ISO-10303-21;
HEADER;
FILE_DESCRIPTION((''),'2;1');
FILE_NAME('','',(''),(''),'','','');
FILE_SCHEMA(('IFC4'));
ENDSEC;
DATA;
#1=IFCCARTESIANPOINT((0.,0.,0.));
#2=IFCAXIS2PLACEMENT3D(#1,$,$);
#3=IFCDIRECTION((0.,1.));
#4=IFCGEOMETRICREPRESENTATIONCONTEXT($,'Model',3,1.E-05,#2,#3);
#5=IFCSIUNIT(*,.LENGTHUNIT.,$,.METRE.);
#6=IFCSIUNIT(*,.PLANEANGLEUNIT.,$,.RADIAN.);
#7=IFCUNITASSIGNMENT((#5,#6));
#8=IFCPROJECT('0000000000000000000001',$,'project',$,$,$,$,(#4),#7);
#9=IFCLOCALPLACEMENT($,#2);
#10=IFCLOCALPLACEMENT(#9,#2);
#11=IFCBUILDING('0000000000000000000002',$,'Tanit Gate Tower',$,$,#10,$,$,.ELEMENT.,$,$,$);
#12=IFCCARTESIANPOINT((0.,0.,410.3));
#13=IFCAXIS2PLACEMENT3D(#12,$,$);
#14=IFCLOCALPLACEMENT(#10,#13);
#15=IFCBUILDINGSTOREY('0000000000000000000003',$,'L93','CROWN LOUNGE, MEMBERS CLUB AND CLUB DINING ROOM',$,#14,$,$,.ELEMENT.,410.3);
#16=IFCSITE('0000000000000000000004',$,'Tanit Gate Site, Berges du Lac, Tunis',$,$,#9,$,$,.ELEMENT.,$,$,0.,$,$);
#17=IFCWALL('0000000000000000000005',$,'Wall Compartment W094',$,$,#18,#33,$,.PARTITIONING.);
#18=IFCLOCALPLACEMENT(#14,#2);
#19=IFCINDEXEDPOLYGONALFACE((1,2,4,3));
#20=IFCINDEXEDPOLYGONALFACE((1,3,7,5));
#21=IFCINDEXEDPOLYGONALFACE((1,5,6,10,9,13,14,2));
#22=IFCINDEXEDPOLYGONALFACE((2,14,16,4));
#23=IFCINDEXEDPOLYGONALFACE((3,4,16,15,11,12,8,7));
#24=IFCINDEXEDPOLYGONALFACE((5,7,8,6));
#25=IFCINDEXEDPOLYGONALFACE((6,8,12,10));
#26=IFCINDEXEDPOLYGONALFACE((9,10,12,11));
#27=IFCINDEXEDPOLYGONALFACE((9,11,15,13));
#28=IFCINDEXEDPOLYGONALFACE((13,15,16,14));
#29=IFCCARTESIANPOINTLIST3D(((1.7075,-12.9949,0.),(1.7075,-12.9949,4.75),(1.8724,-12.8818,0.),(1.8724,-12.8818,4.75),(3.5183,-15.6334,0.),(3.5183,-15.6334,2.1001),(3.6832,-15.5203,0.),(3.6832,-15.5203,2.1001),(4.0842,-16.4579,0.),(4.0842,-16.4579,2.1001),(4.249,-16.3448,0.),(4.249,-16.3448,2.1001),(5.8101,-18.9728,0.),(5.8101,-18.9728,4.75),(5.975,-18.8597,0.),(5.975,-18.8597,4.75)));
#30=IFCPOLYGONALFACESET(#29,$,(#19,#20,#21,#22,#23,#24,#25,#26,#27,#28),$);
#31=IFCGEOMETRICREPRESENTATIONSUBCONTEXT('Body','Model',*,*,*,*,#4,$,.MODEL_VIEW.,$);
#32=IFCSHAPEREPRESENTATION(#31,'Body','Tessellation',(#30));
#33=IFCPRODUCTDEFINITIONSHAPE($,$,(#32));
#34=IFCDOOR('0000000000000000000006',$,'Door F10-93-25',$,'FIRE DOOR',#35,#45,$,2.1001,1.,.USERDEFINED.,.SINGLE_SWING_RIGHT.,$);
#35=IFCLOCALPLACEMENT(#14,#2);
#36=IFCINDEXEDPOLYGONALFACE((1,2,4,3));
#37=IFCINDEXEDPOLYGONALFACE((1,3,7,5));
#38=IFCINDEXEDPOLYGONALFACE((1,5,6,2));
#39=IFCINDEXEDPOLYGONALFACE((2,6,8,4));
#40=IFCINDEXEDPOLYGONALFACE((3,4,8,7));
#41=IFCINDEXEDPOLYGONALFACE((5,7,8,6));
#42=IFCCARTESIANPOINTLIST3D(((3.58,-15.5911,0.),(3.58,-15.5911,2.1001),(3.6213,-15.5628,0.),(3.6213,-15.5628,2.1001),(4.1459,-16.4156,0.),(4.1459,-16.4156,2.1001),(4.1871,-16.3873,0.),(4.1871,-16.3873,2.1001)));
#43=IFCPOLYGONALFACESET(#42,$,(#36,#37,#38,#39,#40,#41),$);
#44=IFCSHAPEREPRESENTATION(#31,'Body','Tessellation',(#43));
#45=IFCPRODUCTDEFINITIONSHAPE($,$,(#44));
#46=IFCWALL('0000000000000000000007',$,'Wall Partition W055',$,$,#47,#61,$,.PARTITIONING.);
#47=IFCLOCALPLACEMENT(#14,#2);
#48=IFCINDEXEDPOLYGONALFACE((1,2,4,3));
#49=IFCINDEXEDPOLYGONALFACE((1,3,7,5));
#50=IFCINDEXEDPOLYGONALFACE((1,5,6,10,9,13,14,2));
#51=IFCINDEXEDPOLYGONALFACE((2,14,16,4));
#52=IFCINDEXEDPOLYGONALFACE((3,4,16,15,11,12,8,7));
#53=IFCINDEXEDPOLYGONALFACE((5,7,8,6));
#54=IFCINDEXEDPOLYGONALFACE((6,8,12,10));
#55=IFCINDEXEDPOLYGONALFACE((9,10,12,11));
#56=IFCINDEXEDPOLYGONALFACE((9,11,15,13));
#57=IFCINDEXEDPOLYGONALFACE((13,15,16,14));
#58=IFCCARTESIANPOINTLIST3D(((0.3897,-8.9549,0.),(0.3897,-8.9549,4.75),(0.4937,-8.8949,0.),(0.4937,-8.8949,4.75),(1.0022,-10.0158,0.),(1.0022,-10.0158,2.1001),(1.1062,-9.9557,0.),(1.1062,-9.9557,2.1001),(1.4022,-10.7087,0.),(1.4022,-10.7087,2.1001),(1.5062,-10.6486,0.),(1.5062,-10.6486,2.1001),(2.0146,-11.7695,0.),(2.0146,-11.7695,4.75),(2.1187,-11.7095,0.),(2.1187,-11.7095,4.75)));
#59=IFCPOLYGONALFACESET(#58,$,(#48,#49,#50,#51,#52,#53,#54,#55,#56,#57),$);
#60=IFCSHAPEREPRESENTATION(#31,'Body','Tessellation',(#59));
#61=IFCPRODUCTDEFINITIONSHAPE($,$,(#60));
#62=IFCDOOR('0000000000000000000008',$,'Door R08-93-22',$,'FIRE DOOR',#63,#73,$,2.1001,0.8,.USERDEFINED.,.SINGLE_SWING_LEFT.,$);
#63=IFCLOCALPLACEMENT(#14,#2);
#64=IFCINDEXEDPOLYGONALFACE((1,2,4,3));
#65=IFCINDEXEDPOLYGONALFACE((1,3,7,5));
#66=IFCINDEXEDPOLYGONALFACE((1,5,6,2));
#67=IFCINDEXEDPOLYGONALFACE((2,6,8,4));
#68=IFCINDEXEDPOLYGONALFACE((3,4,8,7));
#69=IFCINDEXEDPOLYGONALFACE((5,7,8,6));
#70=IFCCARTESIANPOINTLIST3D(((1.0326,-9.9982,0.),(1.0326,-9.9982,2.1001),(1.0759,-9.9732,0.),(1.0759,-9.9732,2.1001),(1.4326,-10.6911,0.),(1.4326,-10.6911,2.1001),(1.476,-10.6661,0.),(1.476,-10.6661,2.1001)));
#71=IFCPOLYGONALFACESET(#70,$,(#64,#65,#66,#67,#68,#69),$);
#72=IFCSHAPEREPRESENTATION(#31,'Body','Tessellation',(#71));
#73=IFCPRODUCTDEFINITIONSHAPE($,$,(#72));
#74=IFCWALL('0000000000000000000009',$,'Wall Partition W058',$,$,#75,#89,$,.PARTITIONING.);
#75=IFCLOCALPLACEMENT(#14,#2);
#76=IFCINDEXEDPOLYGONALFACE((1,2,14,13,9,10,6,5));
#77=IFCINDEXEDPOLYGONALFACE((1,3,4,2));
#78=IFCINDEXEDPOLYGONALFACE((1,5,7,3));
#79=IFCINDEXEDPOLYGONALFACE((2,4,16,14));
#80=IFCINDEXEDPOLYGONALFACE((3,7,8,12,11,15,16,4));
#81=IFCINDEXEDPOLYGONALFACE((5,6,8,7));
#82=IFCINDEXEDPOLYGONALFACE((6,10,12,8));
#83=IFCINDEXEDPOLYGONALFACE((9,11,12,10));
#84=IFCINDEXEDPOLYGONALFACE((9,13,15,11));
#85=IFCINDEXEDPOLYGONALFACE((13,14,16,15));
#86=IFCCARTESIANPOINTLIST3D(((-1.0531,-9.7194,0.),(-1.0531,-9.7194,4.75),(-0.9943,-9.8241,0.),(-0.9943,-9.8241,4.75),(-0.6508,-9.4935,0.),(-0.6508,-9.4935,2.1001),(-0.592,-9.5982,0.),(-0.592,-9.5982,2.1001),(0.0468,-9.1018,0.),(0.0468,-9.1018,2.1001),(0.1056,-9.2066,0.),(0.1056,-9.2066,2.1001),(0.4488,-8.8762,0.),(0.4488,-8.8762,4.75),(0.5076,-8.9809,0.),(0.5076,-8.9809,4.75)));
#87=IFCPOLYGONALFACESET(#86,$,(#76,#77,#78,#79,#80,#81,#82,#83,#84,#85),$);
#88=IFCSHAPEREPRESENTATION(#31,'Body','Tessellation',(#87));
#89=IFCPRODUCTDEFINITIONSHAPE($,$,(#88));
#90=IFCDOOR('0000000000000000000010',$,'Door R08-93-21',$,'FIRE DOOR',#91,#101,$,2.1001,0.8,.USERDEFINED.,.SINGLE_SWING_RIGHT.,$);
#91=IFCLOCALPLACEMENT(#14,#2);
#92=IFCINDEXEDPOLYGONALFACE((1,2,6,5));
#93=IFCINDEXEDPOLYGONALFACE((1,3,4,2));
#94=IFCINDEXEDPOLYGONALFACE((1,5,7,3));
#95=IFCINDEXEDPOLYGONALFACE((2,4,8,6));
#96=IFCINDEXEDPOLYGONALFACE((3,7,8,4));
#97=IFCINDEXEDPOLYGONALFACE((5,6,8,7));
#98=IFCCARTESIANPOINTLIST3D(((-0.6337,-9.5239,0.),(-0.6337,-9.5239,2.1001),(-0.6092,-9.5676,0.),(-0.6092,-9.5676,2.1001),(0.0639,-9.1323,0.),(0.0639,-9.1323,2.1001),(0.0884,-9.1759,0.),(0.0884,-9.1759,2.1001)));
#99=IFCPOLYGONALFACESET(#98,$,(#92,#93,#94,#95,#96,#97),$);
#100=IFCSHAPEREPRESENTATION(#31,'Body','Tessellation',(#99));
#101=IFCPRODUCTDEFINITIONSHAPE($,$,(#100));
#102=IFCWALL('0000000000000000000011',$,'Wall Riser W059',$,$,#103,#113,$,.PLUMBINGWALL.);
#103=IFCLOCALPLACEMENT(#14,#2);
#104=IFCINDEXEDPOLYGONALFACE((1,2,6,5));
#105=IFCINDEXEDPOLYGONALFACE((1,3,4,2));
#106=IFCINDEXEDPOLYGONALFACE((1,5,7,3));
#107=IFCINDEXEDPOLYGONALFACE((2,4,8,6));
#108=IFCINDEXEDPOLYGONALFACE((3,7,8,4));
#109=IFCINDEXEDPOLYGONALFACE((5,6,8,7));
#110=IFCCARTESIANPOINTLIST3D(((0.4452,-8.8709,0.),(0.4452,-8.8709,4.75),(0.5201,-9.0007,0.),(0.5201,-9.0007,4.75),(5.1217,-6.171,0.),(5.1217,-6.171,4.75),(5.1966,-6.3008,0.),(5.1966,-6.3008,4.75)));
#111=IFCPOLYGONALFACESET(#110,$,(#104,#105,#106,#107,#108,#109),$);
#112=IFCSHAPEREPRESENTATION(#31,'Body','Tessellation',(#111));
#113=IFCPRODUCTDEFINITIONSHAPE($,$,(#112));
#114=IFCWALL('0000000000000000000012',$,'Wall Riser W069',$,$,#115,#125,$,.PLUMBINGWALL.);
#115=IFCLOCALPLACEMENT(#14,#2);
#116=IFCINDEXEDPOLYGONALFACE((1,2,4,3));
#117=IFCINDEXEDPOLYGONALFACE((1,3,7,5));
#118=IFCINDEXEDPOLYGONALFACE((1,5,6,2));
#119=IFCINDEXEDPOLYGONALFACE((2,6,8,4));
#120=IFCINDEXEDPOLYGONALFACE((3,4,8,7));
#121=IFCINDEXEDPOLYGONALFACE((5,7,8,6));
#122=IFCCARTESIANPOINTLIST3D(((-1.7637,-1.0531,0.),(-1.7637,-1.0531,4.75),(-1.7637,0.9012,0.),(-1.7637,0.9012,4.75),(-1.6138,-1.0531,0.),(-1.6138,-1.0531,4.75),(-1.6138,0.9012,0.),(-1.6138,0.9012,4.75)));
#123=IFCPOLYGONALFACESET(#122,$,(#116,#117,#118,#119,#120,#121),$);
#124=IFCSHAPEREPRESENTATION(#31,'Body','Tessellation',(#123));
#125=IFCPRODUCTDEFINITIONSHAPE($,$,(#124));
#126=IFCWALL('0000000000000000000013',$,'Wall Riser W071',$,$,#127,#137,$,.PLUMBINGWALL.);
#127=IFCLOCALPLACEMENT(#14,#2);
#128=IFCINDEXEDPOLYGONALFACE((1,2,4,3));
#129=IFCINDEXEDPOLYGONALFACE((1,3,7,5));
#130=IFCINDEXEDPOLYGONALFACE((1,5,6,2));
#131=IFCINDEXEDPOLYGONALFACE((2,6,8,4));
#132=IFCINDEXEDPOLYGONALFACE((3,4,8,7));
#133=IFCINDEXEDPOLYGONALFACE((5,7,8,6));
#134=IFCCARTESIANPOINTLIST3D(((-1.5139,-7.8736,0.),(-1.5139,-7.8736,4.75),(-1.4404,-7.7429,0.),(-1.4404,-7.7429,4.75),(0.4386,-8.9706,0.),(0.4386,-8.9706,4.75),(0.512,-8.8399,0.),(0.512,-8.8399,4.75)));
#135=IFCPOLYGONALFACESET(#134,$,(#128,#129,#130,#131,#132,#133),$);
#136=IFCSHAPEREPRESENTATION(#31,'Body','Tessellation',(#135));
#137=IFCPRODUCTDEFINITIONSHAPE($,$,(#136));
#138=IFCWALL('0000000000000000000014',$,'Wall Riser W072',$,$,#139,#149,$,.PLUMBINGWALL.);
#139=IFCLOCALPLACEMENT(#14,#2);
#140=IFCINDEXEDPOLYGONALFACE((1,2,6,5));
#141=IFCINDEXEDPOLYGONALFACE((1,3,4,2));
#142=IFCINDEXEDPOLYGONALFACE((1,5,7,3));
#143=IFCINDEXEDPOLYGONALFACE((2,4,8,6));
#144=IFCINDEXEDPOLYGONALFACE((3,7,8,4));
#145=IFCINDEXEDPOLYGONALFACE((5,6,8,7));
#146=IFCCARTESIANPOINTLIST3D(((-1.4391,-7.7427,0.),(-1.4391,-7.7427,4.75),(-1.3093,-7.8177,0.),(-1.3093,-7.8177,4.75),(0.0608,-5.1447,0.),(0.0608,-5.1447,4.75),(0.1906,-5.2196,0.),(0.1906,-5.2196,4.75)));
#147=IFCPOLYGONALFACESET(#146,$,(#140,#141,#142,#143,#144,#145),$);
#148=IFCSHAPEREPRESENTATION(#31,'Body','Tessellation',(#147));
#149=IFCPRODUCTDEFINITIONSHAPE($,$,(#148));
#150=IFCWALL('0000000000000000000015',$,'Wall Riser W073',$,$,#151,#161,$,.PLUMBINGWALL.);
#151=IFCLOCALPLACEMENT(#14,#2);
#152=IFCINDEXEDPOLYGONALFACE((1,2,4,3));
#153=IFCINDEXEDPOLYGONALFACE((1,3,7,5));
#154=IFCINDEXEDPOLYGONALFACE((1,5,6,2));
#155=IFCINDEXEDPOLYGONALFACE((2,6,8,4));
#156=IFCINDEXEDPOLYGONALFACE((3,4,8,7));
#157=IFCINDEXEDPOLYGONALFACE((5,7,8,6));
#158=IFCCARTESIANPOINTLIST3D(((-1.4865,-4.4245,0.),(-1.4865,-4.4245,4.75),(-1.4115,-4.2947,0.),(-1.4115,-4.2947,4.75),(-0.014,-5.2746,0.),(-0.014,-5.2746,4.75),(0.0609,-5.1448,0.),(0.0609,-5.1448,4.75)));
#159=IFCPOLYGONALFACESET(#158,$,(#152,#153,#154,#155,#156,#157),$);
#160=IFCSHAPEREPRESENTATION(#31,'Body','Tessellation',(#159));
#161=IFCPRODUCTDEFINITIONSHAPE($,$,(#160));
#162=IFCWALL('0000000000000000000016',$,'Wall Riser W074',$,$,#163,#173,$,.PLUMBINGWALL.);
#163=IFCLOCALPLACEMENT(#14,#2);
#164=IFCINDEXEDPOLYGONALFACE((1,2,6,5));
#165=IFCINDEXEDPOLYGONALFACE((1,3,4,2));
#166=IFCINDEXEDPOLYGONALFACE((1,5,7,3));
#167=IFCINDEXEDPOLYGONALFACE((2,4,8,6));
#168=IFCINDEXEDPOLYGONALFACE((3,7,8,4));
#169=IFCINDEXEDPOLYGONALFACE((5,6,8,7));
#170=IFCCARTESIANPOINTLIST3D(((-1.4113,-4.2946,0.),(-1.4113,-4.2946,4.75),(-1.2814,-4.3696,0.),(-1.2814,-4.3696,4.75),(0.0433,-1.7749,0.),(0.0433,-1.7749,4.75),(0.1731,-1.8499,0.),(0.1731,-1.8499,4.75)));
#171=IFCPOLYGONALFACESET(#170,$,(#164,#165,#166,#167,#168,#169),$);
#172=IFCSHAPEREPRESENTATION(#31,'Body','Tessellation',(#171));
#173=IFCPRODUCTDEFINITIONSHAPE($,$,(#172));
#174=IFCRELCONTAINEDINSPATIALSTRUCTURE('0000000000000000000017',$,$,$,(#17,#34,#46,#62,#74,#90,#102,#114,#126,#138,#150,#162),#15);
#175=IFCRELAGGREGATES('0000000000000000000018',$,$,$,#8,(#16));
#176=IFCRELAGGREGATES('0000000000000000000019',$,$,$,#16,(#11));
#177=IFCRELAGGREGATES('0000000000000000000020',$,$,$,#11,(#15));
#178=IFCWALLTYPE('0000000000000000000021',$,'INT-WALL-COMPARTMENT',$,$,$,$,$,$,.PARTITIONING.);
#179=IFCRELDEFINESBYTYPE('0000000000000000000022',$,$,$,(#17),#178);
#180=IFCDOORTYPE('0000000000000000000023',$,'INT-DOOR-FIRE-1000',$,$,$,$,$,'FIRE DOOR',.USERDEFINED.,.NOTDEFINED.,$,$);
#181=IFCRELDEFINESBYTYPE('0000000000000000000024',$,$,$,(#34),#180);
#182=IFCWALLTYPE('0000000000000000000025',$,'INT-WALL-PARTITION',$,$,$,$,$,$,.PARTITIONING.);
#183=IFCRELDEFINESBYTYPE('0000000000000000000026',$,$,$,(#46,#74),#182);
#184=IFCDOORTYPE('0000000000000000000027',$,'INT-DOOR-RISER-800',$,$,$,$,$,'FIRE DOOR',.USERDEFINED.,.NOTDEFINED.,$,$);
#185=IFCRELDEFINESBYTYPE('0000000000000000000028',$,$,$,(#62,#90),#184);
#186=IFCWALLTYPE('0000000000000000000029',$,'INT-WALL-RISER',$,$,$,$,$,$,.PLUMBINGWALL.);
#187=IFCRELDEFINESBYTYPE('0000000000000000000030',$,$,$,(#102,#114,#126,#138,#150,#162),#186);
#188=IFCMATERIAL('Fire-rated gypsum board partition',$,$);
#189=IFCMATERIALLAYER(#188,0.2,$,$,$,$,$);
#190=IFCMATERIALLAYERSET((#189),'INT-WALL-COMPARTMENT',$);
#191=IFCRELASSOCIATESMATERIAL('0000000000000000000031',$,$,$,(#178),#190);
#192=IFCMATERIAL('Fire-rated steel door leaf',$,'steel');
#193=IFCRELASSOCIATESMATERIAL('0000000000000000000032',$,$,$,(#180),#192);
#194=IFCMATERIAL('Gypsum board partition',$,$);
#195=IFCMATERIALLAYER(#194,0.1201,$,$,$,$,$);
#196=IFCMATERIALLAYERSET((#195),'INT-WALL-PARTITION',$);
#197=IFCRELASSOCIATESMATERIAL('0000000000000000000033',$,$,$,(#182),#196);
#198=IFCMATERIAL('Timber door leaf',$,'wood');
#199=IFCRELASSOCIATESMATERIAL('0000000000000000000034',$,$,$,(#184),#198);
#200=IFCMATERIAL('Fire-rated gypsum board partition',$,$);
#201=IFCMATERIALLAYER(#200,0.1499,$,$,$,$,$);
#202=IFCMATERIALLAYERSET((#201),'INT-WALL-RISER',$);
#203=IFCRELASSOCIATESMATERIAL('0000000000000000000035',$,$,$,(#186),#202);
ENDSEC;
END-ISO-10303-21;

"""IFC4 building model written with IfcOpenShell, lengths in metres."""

from ifc_helpers import new_model, si_unit, direction, frame, frame_2d, origin, place, context, subcontext, project, spatial, rectangle, extrude, material, layer, layer_set, type_object, element, fill, save


model = new_model("IFC4")

# Units and contexts
model_context = context("Model", 3, precision=1e-05, world=origin(), true_north=direction((0.0, 1.0)))
body_context = subcontext(model_context, "Body", "Model", "MODEL_VIEW")
ifc_project = project(units=[si_unit("LENGTHUNIT", "METRE"), si_unit("PLANEANGLEUNIT", "RADIAN")], contexts=[model_context])

# Site, building, storey
site_placement = place(None, origin())
site = spatial("IfcSite", under=ifc_project, at=site_placement, Name="Tanit Gate Site, Berges du Lac, Tunis", CompositionType="ELEMENT", RefElevation=0.0)
building_placement = place(site_placement, origin())
building = spatial("IfcBuilding", under=site, at=building_placement, Name="Tanit Gate Tower", CompositionType="ELEMENT")
storey_placement = place(building_placement, frame((0.0, 0.0, 410.3)))
storey = spatial("IfcBuildingStorey", under=building, at=storey_placement, Name="L93", Description="CROWN LOUNGE, MEMBERS CLUB AND CLUB DINING ROOM", CompositionType="ELEMENT", Elevation=410.3)

# Shared definitions
ifc_material_1 = material(Name="Fire-rated gypsum board partition")
ifc_layer_1 = layer(ifc_material_1, 0.2)
ifc_layer_set_1 = layer_set([ifc_layer_1], Name="INT-WALL-COMPARTMENT")
wall_type_1 = type_object("IfcWallType", Name="INT-WALL-COMPARTMENT", PredefinedType="PARTITIONING", material=ifc_layer_set_1)

# Walls, openings, doors
wall_1_placement = place(storey_placement, frame((1.79, -12.9385, 0.0), z_axis=(0.0, 0.0, 1.0), x_axis=(0.565856, -0.824504, 0.0)))
wall_1 = element("IfcWall", 1, at=wall_1_placement, inside=storey, type_object=wall_type_1, Name="Wall Compartment W094", PredefinedType="PARTITIONING", context=body_context, shape_type="SweptSolid", body=[
    extrude(rectangle(XDim=7.2502, YDim=0.2, at=frame_2d((3.625, 0.0))), origin(), (0.0, 0.0, 1.0), 4.75),
])
opening_1_placement = place(wall_1_placement, frame((3.2, 0.0, 0.0)))
opening_1 = element("IfcOpeningElement", 2, at=opening_1_placement, cuts=wall_1, PredefinedType="OPENING", context=body_context, shape_type="SweptSolid", body=[
    extrude(rectangle(XDim=1.0, YDim=2.1001, at=frame_2d((0.5, 1.05))), frame((0.0, 0.1099, 0.0), z_axis=(0.0, -1.0, 0.0), x_axis=(1.0, 0.0, 0.0)), (0.0, 0.0, 1.0), 0.22),
])
ifc_material_2 = material(Name="Fire-rated steel door leaf", Category="steel")
door_type_1 = type_object("IfcDoorType", Name="INT-DOOR-FIRE-1000", ElementType="FIRE DOOR", OperationType="NOTDEFINED", PredefinedType="USERDEFINED", material=ifc_material_2)
door_1_placement = place(opening_1_placement, origin())
door_1 = element("IfcDoor", 3, at=door_1_placement, inside=storey, type_object=door_type_1, Name="Door F10-93-25", ObjectType="FIRE DOOR", OperationType="SINGLE_SWING_RIGHT", OverallHeight=2.1001, OverallWidth=1.0, PredefinedType="USERDEFINED", context=body_context, shape_type="SweptSolid", body=[
    extrude(rectangle(XDim=1.0, YDim=2.1001, at=frame_2d((0.5, 1.05))), frame((0.0, 0.0249, 0.0), z_axis=(0.0, -1.0, 0.0), x_axis=(1.0, 0.0, 0.0)), (0.0, 0.0, 1.0), 0.05),
])
fill(opening_1, door_1)
ifc_material_3 = material(Name="Gypsum board partition")
ifc_layer_2 = layer(ifc_material_3, 0.1201)
ifc_layer_set_2 = layer_set([ifc_layer_2], Name="INT-WALL-PARTITION")
wall_type_2 = type_object("IfcWallType", Name="INT-WALL-PARTITION", PredefinedType="PARTITIONING", material=ifc_layer_set_2)
wall_2_placement = place(storey_placement, frame((2.0667, -11.7395, 0.0), z_axis=(0.0, 0.0, 1.0), x_axis=(-0.499985, 0.866034, 0.0)))
wall_2 = element("IfcWall", 4, at=wall_2_placement, inside=storey, type_object=wall_type_2, Name="Wall Partition W055", PredefinedType="PARTITIONING", context=body_context, shape_type="SweptSolid", body=[
    extrude(rectangle(XDim=3.25, YDim=0.1201, at=frame_2d((1.625, 0.0))), origin(), (0.0, 0.0, 1.0), 4.75),
])
opening_2_placement = place(wall_2_placement, frame((1.2251, 0.0, 0.0)))
opening_2 = element("IfcOpeningElement", 5, at=opening_2_placement, cuts=wall_2, PredefinedType="OPENING", context=body_context, shape_type="SweptSolid", body=[
    extrude(rectangle(XDim=0.8, YDim=2.1001, at=frame_2d((0.3999, 1.05))), frame((0.0, 0.0701, 0.0), z_axis=(0.0, -1.0, 0.0), x_axis=(1.0, 0.0, 0.0)), (0.0, 0.0, 1.0), 0.1401),
])
ifc_material_4 = material(Name="Timber door leaf", Category="wood")
door_type_2 = type_object("IfcDoorType", Name="INT-DOOR-RISER-800", ElementType="FIRE DOOR", OperationType="NOTDEFINED", PredefinedType="USERDEFINED", material=ifc_material_4)
door_2_placement = place(opening_2_placement, origin())
door_2 = element("IfcDoor", 6, at=door_2_placement, inside=storey, type_object=door_type_2, Name="Door R08-93-22", ObjectType="FIRE DOOR", OperationType="SINGLE_SWING_LEFT", OverallHeight=2.1001, OverallWidth=0.8, PredefinedType="USERDEFINED", context=body_context, shape_type="SweptSolid", body=[
    extrude(rectangle(XDim=0.8, YDim=2.1001, at=frame_2d((0.3999, 1.05))), frame((0.0, 0.0249, 0.0), z_axis=(0.0, -1.0, 0.0), x_axis=(1.0, 0.0, 0.0)), (0.0, 0.0, 1.0), 0.05),
])
fill(opening_2, door_2)
wall_3_placement = place(storey_placement, frame((0.4783, -8.9285, 0.0), z_axis=(0.0, 0.0, 1.0), x_axis=(-0.871969, -0.489561, 0.0)))
wall_3 = element("IfcWall", 7, at=wall_3_placement, inside=storey, type_object=wall_type_2, Name="Wall Partition W058", PredefinedType="PARTITIONING", context=body_context, shape_type="SweptSolid", body=[
    extrude(rectangle(XDim=1.7224, YDim=0.1201, at=frame_2d((0.8613, 0.0))), origin(), (0.0, 0.0, 1.0), 4.75),
])
opening_3_placement = place(wall_3_placement, frame((0.4612, 0.0, 0.0)))
opening_3 = element("IfcOpeningElement", 8, at=opening_3_placement, cuts=wall_3, PredefinedType="OPENING", context=body_context, shape_type="SweptSolid", body=[
    extrude(rectangle(XDim=0.8, YDim=2.1001, at=frame_2d((0.3999, 1.05))), frame((0.0, 0.0701, 0.0), z_axis=(0.0, -1.0, 0.0), x_axis=(1.0, 0.0, 0.0)), (0.0, 0.0, 1.0), 0.1401),
])
door_3_placement = place(opening_3_placement, origin())
door_3 = element("IfcDoor", 9, at=door_3_placement, inside=storey, type_object=door_type_2, Name="Door R08-93-21", ObjectType="FIRE DOOR", OperationType="SINGLE_SWING_RIGHT", OverallHeight=2.1001, OverallWidth=0.8, PredefinedType="USERDEFINED", context=body_context, shape_type="SweptSolid", body=[
    extrude(rectangle(XDim=0.8, YDim=2.1001, at=frame_2d((0.3999, 1.05))), frame((0.0, 0.0249, 0.0), z_axis=(0.0, -1.0, 0.0), x_axis=(1.0, 0.0, 0.0)), (0.0, 0.0, 1.0), 0.05),
])
fill(opening_3, door_3)

# Walls
ifc_material_5 = material(Name="Fire-rated gypsum board partition")
ifc_layer_3 = layer(ifc_material_5, 0.1499)
ifc_layer_set_3 = layer_set([ifc_layer_3], Name="INT-WALL-RISER")
wall_type_3 = type_object("IfcWallType", Name="INT-WALL-RISER", PredefinedType="PLUMBINGWALL", material=ifc_layer_set_3)
wall_4_placement = place(storey_placement, frame((0.4827, -8.9358, 0.0), z_axis=(0.0, 0.0, 1.0), x_axis=(0.866028, 0.499995, 0.0)))
element("IfcWall", 10, at=wall_4_placement, inside=storey, type_object=wall_type_3, Name="Wall Riser W059", PredefinedType="PLUMBINGWALL", context=body_context, shape_type="SweptSolid", body=[
    extrude(rectangle(XDim=5.3999, YDim=0.1499, at=frame_2d((2.7, 0.0))), origin(), (0.0, 0.0, 1.0), 4.75),
])
wall_5_placement = place(storey_placement, frame((-1.6887, -1.053, 0.0), z_axis=(0.0, 0.0, 1.0), x_axis=(0.0, 1.0, 0.0)))
element("IfcWall", 11, at=wall_5_placement, inside=storey, type_object=wall_type_3, Name="Wall Riser W069", PredefinedType="PLUMBINGWALL", context=body_context, shape_type="SweptSolid", body=[
    extrude(rectangle(XDim=1.9543, YDim=0.1499, at=frame_2d((0.9771, 0.0))), origin(), (0.0, 0.0, 1.0), 4.75),
])
wall_6_placement = place(storey_placement, frame((-1.4771, -7.8083, 0.0), z_axis=(0.0, 0.0, 1.0), x_axis=(0.871823, -0.489821, 0.0)))
element("IfcWall", 12, at=wall_6_placement, inside=storey, type_object=wall_type_3, Name="Wall Riser W071", PredefinedType="PLUMBINGWALL", context=body_context, shape_type="SweptSolid", body=[
    extrude(rectangle(XDim=2.2395, YDim=0.1499, at=frame_2d((1.1196, 0.0))), origin(), (0.0, 0.0, 1.0), 4.75),
])
wall_7_placement = place(storey_placement, frame((0.1257, -5.1821, 0.0), z_axis=(0.0, 0.0, 1.0), x_axis=(-0.49999, -0.866031, 0.0)))
element("IfcWall", 13, at=wall_7_placement, inside=storey, type_object=wall_type_3, Name="Wall Riser W072", PredefinedType="PLUMBINGWALL", context=body_context, shape_type="SweptSolid", body=[
    extrude(rectangle(XDim=3.0, YDim=0.1499, at=frame_2d((1.5, 0.0))), origin(), (0.0, 0.0, 1.0), 4.75),
])
wall_8_placement = place(storey_placement, frame((-1.449, -4.3596, 0.0), z_axis=(0.0, 0.0, 1.0), x_axis=(0.866025, -0.5, 0.0)))
element("IfcWall", 14, at=wall_8_placement, inside=storey, type_object=wall_type_3, Name="Wall Riser W073", PredefinedType="PLUMBINGWALL", context=body_context, shape_type="SweptSolid", body=[
    extrude(rectangle(XDim=1.7002, YDim=0.1499, at=frame_2d((0.8501, 0.0))), origin(), (0.0, 0.0, 1.0), 4.75),
])
wall_9_placement = place(storey_placement, frame((0.1082, -1.8125, 0.0), z_axis=(0.0, 0.0, 1.0), x_axis=(-0.499948, -0.866056, 0.0)))
element("IfcWall", 15, at=wall_9_placement, inside=storey, type_object=wall_type_3, Name="Wall Riser W074", PredefinedType="PLUMBINGWALL", context=body_context, shape_type="SweptSolid", body=[
    extrude(rectangle(XDim=2.9094, YDim=0.1499, at=frame_2d((1.4546, 0.0))), origin(), (0.0, 0.0, 1.0), 4.75),
])

save(model, "model.ifc")
